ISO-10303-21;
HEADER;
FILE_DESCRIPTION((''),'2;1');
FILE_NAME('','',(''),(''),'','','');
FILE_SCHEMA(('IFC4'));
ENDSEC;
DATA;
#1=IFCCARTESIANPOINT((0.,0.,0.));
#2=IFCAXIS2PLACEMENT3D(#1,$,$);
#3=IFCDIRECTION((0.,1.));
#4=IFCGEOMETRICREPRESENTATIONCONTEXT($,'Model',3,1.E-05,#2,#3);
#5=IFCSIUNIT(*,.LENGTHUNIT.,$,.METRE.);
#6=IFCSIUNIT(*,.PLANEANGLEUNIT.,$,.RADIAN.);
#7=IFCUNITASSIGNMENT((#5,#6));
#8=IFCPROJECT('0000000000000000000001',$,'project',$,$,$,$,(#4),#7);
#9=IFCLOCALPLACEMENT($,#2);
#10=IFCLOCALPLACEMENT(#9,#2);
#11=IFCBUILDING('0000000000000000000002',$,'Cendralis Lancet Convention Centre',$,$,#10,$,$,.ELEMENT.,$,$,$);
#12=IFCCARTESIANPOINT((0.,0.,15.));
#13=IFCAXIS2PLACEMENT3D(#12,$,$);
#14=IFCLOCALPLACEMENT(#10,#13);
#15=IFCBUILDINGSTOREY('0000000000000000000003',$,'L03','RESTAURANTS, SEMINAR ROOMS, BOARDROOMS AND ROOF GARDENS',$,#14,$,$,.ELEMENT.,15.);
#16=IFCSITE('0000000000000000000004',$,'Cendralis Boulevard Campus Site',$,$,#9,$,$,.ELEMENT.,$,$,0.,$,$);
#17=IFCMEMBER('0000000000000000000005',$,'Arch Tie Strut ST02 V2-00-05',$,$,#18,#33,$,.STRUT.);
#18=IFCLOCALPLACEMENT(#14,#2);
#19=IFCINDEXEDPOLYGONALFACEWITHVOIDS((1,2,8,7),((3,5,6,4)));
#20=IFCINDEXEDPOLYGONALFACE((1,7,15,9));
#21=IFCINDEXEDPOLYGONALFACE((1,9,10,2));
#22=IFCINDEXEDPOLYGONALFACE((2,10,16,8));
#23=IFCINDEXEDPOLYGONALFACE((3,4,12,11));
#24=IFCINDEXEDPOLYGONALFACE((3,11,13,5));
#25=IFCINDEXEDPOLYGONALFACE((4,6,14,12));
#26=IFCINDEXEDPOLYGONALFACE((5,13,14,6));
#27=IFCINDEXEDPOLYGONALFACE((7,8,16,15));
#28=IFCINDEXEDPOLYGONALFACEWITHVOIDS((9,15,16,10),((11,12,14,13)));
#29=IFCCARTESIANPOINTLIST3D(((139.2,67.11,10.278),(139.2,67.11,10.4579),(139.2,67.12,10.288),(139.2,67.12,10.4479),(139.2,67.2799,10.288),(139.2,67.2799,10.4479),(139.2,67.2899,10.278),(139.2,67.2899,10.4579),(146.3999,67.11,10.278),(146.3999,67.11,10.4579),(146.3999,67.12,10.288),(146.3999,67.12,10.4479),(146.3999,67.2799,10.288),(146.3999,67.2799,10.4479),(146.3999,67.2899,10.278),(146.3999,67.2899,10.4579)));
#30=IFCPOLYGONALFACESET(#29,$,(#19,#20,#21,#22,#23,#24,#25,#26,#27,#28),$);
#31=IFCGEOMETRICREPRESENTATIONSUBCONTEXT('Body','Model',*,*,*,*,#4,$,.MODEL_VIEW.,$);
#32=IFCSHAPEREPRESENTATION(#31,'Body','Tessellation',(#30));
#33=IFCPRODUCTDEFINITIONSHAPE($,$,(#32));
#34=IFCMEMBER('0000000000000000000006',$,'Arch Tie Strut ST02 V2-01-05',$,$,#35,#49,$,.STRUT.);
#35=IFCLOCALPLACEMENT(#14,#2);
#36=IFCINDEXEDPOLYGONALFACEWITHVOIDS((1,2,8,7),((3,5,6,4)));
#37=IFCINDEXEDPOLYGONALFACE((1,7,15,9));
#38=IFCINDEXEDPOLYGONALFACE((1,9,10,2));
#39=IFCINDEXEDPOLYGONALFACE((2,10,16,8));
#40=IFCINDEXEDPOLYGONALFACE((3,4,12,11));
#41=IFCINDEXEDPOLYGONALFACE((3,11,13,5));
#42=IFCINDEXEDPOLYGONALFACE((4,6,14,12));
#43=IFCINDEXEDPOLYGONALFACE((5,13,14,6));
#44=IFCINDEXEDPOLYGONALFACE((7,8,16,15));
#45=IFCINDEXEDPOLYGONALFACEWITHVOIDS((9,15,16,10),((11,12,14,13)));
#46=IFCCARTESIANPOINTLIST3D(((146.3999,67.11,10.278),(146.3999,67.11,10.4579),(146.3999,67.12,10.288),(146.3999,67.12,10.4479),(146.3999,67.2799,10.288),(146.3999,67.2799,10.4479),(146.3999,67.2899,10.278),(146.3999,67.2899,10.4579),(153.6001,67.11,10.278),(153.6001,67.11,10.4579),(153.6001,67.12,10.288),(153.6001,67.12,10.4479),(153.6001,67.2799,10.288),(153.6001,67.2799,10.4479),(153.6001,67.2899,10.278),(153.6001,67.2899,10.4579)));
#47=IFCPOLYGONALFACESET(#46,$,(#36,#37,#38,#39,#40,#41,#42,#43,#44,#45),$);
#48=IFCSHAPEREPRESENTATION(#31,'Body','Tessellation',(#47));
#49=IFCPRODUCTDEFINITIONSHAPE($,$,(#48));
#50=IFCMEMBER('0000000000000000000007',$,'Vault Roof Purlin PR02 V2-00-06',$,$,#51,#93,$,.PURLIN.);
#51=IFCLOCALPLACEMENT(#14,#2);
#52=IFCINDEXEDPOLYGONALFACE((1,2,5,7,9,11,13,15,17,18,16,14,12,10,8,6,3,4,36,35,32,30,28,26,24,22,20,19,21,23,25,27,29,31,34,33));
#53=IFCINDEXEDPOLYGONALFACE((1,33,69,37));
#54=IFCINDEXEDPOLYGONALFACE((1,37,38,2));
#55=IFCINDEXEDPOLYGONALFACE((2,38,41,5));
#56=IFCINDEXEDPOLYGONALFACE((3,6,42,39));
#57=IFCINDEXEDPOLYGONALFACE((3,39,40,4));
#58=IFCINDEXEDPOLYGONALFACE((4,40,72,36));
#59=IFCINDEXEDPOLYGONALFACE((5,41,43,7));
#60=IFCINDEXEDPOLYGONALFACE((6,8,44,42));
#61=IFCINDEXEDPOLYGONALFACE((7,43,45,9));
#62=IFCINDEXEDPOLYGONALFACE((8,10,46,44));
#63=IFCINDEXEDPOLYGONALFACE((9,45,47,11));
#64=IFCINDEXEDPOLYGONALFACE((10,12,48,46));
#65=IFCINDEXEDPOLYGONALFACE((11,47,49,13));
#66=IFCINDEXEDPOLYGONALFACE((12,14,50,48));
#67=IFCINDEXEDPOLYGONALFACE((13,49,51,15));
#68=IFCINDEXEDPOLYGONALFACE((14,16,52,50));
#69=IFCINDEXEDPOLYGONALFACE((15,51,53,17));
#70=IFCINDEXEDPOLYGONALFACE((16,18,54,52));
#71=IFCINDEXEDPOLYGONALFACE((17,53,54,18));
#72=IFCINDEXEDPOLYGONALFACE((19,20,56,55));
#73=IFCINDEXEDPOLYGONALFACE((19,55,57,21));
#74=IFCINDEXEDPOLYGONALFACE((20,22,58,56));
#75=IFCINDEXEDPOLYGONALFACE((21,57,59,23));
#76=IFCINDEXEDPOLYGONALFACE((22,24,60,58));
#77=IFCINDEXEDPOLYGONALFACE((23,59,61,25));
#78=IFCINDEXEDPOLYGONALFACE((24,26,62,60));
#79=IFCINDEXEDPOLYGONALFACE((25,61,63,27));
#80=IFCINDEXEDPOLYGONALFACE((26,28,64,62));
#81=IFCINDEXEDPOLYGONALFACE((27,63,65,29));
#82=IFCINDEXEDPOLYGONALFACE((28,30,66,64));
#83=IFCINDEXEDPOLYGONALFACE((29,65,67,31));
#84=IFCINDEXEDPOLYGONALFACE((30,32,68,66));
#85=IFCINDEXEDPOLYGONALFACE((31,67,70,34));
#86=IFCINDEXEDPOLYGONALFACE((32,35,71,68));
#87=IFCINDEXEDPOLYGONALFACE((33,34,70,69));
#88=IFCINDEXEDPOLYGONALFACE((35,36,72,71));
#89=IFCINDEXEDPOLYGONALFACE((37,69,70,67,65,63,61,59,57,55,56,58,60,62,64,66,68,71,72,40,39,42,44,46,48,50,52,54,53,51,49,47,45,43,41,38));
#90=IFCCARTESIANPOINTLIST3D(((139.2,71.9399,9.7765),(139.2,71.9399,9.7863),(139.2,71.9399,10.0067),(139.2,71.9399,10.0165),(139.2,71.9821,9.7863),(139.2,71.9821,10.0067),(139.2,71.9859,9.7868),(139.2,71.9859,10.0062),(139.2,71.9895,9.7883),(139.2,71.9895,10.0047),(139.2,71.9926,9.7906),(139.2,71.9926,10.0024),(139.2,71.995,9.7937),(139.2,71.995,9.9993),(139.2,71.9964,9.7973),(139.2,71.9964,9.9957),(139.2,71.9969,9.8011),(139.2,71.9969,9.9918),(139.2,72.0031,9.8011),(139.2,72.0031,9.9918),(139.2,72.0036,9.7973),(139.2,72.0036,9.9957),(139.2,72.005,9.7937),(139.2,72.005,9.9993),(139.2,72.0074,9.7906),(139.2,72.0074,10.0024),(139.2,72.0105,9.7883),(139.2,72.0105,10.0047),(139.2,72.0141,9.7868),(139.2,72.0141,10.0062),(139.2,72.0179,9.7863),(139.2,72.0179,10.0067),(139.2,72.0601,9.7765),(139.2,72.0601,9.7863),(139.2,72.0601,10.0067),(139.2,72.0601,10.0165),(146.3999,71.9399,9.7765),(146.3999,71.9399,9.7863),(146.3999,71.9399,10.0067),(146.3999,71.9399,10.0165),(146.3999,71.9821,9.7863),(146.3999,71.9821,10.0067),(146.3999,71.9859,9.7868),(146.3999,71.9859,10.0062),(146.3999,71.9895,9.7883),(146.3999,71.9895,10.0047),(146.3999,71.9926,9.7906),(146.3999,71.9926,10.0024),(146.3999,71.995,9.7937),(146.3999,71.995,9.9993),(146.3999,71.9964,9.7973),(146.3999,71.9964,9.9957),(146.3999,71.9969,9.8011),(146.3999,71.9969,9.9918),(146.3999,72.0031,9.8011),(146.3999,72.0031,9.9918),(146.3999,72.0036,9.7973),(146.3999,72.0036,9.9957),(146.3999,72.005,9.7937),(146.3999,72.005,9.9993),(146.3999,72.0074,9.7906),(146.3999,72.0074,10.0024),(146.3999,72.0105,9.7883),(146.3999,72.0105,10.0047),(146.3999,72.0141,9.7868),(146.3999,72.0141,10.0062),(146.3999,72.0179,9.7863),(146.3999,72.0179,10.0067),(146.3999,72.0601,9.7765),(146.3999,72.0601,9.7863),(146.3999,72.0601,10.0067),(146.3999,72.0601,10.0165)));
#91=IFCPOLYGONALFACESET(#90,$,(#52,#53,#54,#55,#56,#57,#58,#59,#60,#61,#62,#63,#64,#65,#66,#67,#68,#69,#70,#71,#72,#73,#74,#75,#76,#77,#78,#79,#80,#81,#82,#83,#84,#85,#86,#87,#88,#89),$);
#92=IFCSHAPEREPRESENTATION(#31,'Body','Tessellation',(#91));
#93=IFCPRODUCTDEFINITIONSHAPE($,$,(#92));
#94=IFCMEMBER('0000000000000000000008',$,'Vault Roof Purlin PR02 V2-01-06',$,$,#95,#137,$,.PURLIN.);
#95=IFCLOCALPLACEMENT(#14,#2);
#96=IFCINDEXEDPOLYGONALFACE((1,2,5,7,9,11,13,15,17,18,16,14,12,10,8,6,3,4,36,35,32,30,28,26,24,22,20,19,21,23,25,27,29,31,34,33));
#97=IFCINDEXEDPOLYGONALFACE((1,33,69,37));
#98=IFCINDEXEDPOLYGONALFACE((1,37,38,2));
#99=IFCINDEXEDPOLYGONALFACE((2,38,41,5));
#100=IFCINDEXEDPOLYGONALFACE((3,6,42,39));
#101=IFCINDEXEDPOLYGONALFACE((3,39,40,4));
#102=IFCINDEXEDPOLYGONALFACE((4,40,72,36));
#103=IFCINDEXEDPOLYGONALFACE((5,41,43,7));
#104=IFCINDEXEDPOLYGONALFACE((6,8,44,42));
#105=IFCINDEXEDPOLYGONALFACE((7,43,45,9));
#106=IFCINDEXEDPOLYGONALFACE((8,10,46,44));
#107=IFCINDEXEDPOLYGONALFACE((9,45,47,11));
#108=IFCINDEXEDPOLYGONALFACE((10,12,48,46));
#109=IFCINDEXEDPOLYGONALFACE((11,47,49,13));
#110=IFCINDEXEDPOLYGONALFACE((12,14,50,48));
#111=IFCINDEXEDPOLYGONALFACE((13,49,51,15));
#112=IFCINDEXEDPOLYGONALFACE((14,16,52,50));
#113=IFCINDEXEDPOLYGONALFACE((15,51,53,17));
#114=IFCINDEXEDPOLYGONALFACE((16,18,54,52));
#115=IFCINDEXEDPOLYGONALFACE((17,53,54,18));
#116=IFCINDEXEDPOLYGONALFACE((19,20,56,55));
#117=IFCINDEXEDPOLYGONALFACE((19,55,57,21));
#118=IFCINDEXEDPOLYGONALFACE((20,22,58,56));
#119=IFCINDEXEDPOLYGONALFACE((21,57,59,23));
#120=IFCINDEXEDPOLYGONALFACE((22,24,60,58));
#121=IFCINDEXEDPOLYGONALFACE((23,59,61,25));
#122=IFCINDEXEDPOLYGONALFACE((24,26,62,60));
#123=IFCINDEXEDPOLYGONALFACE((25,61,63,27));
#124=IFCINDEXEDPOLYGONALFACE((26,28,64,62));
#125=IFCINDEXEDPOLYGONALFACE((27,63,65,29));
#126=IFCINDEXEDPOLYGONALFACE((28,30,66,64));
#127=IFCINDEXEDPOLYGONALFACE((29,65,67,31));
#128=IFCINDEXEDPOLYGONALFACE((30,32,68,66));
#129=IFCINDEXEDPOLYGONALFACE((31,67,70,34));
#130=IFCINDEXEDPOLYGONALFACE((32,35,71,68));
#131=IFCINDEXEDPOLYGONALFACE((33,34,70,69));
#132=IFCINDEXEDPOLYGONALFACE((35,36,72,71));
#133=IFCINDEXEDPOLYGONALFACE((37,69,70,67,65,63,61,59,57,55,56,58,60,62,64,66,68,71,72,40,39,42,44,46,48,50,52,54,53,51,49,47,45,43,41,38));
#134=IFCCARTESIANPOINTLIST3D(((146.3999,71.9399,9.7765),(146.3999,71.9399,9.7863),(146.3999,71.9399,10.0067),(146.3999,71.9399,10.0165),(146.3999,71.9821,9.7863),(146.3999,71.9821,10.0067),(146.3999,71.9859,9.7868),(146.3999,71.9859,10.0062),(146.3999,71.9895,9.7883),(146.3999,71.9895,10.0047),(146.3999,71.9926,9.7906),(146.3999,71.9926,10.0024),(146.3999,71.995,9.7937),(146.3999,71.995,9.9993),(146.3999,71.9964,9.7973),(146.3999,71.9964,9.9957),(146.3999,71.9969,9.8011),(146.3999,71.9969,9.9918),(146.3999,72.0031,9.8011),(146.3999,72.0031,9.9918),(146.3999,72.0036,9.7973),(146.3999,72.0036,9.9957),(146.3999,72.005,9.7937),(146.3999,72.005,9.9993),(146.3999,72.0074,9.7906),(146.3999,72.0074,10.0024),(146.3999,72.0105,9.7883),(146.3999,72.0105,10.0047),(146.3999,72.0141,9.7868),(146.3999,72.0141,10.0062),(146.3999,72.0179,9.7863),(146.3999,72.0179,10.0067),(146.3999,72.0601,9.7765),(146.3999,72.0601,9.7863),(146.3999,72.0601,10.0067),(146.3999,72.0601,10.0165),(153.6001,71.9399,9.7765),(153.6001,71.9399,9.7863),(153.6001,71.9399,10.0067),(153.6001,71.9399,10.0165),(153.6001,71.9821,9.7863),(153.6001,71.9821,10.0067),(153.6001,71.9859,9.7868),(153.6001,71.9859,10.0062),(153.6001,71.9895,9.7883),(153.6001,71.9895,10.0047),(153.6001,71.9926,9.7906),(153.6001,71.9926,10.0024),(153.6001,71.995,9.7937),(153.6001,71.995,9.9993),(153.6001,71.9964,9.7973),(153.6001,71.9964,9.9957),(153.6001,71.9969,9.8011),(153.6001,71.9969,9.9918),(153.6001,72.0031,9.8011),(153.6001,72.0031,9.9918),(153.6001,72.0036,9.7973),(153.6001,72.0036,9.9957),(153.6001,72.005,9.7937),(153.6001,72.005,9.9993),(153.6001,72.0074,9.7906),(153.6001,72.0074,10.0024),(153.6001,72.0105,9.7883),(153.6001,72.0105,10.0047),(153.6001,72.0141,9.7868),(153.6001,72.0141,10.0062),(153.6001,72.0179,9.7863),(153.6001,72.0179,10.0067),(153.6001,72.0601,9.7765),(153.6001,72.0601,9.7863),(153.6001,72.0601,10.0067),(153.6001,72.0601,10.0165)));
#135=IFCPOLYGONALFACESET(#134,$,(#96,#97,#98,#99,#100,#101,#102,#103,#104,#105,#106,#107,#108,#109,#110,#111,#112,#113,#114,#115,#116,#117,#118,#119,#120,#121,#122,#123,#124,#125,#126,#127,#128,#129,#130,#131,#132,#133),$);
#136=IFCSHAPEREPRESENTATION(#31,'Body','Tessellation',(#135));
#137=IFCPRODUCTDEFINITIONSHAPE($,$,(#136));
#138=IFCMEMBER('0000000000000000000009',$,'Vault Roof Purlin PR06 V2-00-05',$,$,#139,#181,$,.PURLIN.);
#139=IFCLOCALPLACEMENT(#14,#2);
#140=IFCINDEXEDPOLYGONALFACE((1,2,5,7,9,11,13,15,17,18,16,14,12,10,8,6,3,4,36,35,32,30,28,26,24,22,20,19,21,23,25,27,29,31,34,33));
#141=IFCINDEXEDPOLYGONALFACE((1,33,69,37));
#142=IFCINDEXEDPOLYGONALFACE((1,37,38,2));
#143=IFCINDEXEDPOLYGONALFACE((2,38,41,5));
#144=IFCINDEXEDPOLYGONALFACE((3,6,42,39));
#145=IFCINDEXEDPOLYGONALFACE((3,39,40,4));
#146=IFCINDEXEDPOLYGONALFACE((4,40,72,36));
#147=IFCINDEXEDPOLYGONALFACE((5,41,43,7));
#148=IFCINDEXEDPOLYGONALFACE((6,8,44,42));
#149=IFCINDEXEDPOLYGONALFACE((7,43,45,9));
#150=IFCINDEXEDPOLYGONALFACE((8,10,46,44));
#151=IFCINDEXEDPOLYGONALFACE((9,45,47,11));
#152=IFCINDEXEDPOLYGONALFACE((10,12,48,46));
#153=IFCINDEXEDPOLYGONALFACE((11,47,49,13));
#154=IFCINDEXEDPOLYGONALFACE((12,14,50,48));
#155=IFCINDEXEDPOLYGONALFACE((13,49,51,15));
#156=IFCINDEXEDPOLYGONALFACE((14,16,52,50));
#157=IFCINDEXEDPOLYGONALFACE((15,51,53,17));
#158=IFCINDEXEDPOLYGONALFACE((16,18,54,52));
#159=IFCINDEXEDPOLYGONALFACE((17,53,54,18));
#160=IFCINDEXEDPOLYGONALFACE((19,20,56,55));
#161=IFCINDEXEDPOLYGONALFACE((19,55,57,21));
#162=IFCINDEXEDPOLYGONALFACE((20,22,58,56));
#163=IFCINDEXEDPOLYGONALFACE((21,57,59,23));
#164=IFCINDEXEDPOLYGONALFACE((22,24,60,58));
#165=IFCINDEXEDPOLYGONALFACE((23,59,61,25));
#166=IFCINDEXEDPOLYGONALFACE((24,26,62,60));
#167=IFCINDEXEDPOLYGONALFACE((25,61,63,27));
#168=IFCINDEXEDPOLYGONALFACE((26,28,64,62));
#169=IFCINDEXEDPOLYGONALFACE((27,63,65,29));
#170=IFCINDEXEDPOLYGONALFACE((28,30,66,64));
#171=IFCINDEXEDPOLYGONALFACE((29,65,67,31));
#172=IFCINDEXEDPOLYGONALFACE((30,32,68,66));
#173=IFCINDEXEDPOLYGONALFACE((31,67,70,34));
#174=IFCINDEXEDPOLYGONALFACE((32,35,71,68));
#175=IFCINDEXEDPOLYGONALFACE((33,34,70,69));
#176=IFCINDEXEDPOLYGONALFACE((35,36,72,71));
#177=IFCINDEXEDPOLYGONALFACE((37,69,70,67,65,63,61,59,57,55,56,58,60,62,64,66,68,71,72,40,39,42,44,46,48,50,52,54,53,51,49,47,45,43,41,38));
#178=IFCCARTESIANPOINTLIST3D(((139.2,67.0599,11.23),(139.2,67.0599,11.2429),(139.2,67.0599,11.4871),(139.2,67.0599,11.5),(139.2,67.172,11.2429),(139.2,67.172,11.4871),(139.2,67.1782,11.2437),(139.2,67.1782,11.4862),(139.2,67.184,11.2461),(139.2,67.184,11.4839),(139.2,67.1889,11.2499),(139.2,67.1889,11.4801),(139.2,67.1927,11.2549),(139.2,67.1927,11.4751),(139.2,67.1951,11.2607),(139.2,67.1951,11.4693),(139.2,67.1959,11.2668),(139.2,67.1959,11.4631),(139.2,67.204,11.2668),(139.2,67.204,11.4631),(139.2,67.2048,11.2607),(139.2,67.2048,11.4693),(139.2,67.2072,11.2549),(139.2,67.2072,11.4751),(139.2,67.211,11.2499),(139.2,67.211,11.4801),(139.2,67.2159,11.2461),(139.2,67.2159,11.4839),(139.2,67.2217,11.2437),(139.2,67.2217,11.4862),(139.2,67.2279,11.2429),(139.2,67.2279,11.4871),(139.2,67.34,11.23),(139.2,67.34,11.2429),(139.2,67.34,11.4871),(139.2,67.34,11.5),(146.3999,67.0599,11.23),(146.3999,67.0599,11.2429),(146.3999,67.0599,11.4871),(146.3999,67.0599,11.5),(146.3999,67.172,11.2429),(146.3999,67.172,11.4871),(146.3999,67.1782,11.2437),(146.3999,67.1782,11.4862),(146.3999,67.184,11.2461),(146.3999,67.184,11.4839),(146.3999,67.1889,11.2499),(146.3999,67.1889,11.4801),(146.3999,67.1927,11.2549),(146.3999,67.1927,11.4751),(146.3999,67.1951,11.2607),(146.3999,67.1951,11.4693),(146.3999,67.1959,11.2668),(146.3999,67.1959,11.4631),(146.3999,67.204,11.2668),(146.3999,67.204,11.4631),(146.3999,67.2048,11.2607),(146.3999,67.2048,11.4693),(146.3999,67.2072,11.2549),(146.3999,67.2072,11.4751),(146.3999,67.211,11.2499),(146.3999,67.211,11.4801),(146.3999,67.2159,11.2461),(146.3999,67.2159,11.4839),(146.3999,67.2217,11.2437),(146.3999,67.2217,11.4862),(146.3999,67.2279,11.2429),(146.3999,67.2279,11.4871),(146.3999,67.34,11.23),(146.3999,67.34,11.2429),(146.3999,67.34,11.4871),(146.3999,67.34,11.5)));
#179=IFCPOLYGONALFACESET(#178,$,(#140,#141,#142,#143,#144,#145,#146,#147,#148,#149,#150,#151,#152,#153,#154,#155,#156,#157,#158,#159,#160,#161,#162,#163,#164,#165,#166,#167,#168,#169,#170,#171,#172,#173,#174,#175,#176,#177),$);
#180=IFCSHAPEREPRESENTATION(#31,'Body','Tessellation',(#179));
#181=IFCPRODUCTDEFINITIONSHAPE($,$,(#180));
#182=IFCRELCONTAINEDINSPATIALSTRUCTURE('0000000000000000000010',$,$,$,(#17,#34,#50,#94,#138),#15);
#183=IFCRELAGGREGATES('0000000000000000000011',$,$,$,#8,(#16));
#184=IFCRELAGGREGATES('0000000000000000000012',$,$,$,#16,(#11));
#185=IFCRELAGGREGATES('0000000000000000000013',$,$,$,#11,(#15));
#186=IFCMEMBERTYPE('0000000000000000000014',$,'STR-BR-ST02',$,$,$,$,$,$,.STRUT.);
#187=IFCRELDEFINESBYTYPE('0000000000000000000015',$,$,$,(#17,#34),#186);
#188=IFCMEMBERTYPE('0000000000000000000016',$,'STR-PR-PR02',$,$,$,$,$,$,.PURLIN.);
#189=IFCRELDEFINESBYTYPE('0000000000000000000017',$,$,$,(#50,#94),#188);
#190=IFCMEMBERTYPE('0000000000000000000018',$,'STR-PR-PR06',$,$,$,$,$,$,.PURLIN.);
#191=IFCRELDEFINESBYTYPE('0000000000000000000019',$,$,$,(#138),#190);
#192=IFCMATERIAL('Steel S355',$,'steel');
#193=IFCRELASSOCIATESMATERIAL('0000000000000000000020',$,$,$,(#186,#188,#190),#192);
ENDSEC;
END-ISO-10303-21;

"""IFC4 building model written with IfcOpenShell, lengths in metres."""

from ifc_helpers import new_model, si_unit, direction, frame, origin, origin_2d, place, context, subcontext, project, spatial, hollow_rectangle, i_section, extrude, material, material_profile, profile_set, type_object, element, save


model = new_model("IFC4")

# Units and contexts
model_context = context("Model", 3, precision=1e-05, world=origin(), true_north=direction((0.0, 1.0)))
body_context = subcontext(model_context, "Body", "Model", "MODEL_VIEW")
ifc_project = project(units=[si_unit("LENGTHUNIT", "METRE"), si_unit("PLANEANGLEUNIT", "RADIAN")], contexts=[model_context])

# Site, building, storey
site_placement = place(None, origin())
site = spatial("IfcSite", under=ifc_project, at=site_placement, Name="Cendralis Boulevard Campus Site", CompositionType="ELEMENT", RefElevation=0.0)
building_placement = place(site_placement, origin())
building = spatial("IfcBuilding", under=site, at=building_placement, Name="Cendralis Lancet Convention Centre", CompositionType="ELEMENT")
storey_placement = place(building_placement, frame((0.0, 0.0, 15.0)))
storey = spatial("IfcBuildingStorey", under=building, at=storey_placement, Name="L03", Description="RESTAURANTS, SEMINAR ROOMS, BOARDROOMS AND ROOF GARDENS", CompositionType="ELEMENT", Elevation=15.0)

# Members
ifc_material_1 = material(Name="Steel S355", Category="steel")
ifc_material_profile_1 = material_profile(ifc_material_1, hollow_rectangle(XDim=0.1799, YDim=0.1799, WallThickness=0.01, at=origin_2d()), Name="SHS 180x180x10.0")
ifc_profile_set_1 = profile_set([ifc_material_profile_1], Name="Steel S355")
member_type_1 = type_object("IfcMemberType", Name="STR-BR-ST02", PredefinedType="STRUT", material=ifc_profile_set_1)
member_1_placement = place(storey_placement, frame((139.2, 67.2, 10.3679), z_axis=(1.0, 0.0, 0.0), x_axis=(0.0, 1.0, 0.0)))
element("IfcMember", 1, at=member_1_placement, inside=storey, type_object=member_type_1, Name="Arch Tie Strut ST02 V2-00-05", PredefinedType="STRUT", context=body_context, shape_type="SweptSolid", body=[
    extrude(hollow_rectangle(XDim=0.1799, YDim=0.1799, WallThickness=0.01, at=origin_2d()), origin(), (0.0, 0.0, 1.0), 7.2),
])
member_2_placement = place(storey_placement, frame((146.3999, 67.2, 10.3679), z_axis=(1.0, 0.0, 0.0), x_axis=(0.0, 1.0, 0.0)))
element("IfcMember", 2, at=member_2_placement, inside=storey, type_object=member_type_1, Name="Arch Tie Strut ST02 V2-01-05", PredefinedType="STRUT", context=body_context, shape_type="SweptSolid", body=[
    extrude(hollow_rectangle(XDim=0.1799, YDim=0.1799, WallThickness=0.01, at=origin_2d()), origin(), (0.0, 0.0, 1.0), 7.2002),
])
ifc_material_profile_2 = material_profile(ifc_material_1, i_section(OverallWidth=0.1201, OverallDepth=0.24, WebThickness=0.0061, FlangeThickness=0.0098, FilletRadius=0.0149, at=origin_2d()), Name="IPE 240")
ifc_profile_set_2 = profile_set([ifc_material_profile_2], Name="Steel S355")
member_type_2 = type_object("IfcMemberType", Name="STR-PR-PR02", PredefinedType="PURLIN", material=ifc_profile_set_2)
member_3_placement = place(storey_placement, frame((139.2, 72.0, 9.8965), z_axis=(1.0, 0.0, 0.0), x_axis=(0.0, 1.0, 0.0)))
element("IfcMember", 3, at=member_3_placement, inside=storey, type_object=member_type_2, Name="Vault Roof Purlin PR02 V2-00-06", PredefinedType="PURLIN", context=body_context, shape_type="SweptSolid", body=[
    extrude(i_section(OverallWidth=0.1201, OverallDepth=0.24, WebThickness=0.0061, FlangeThickness=0.0098, FilletRadius=0.0149, at=origin_2d()), origin(), (0.0, 0.0, 1.0), 7.2),
])
member_4_placement = place(storey_placement, frame((146.3999, 72.0, 9.8965), z_axis=(1.0, 0.0, 0.0), x_axis=(0.0, 1.0, 0.0)))
element("IfcMember", 4, at=member_4_placement, inside=storey, type_object=member_type_2, Name="Vault Roof Purlin PR02 V2-01-06", PredefinedType="PURLIN", context=body_context, shape_type="SweptSolid", body=[
    extrude(i_section(OverallWidth=0.1201, OverallDepth=0.24, WebThickness=0.0061, FlangeThickness=0.0098, FilletRadius=0.0149, at=origin_2d()), origin(), (0.0, 0.0, 1.0), 7.2002),
])
ifc_material_profile_3 = material_profile(ifc_material_1, i_section(OverallWidth=0.28, OverallDepth=0.27, WebThickness=0.0081, FlangeThickness=0.0129, FilletRadius=0.0239, at=origin_2d()), Name="HEA 280")
ifc_profile_set_3 = profile_set([ifc_material_profile_3], Name="Steel S355")
member_type_3 = type_object("IfcMemberType", Name="STR-PR-PR06", PredefinedType="PURLIN", material=ifc_profile_set_3)
member_5_placement = place(storey_placement, frame((139.2, 67.2, 11.365), z_axis=(1.0, 0.0, 0.0), x_axis=(0.0, 1.0, 0.0)))
element("IfcMember", 5, at=member_5_placement, inside=storey, type_object=member_type_3, Name="Vault Roof Purlin PR06 V2-00-05", PredefinedType="PURLIN", context=body_context, shape_type="SweptSolid", body=[
    extrude(i_section(OverallWidth=0.28, OverallDepth=0.27, WebThickness=0.0081, FlangeThickness=0.0129, FilletRadius=0.0239, at=origin_2d()), origin(), (0.0, 0.0, 1.0), 7.2),
])

save(model, "model.ifc")
